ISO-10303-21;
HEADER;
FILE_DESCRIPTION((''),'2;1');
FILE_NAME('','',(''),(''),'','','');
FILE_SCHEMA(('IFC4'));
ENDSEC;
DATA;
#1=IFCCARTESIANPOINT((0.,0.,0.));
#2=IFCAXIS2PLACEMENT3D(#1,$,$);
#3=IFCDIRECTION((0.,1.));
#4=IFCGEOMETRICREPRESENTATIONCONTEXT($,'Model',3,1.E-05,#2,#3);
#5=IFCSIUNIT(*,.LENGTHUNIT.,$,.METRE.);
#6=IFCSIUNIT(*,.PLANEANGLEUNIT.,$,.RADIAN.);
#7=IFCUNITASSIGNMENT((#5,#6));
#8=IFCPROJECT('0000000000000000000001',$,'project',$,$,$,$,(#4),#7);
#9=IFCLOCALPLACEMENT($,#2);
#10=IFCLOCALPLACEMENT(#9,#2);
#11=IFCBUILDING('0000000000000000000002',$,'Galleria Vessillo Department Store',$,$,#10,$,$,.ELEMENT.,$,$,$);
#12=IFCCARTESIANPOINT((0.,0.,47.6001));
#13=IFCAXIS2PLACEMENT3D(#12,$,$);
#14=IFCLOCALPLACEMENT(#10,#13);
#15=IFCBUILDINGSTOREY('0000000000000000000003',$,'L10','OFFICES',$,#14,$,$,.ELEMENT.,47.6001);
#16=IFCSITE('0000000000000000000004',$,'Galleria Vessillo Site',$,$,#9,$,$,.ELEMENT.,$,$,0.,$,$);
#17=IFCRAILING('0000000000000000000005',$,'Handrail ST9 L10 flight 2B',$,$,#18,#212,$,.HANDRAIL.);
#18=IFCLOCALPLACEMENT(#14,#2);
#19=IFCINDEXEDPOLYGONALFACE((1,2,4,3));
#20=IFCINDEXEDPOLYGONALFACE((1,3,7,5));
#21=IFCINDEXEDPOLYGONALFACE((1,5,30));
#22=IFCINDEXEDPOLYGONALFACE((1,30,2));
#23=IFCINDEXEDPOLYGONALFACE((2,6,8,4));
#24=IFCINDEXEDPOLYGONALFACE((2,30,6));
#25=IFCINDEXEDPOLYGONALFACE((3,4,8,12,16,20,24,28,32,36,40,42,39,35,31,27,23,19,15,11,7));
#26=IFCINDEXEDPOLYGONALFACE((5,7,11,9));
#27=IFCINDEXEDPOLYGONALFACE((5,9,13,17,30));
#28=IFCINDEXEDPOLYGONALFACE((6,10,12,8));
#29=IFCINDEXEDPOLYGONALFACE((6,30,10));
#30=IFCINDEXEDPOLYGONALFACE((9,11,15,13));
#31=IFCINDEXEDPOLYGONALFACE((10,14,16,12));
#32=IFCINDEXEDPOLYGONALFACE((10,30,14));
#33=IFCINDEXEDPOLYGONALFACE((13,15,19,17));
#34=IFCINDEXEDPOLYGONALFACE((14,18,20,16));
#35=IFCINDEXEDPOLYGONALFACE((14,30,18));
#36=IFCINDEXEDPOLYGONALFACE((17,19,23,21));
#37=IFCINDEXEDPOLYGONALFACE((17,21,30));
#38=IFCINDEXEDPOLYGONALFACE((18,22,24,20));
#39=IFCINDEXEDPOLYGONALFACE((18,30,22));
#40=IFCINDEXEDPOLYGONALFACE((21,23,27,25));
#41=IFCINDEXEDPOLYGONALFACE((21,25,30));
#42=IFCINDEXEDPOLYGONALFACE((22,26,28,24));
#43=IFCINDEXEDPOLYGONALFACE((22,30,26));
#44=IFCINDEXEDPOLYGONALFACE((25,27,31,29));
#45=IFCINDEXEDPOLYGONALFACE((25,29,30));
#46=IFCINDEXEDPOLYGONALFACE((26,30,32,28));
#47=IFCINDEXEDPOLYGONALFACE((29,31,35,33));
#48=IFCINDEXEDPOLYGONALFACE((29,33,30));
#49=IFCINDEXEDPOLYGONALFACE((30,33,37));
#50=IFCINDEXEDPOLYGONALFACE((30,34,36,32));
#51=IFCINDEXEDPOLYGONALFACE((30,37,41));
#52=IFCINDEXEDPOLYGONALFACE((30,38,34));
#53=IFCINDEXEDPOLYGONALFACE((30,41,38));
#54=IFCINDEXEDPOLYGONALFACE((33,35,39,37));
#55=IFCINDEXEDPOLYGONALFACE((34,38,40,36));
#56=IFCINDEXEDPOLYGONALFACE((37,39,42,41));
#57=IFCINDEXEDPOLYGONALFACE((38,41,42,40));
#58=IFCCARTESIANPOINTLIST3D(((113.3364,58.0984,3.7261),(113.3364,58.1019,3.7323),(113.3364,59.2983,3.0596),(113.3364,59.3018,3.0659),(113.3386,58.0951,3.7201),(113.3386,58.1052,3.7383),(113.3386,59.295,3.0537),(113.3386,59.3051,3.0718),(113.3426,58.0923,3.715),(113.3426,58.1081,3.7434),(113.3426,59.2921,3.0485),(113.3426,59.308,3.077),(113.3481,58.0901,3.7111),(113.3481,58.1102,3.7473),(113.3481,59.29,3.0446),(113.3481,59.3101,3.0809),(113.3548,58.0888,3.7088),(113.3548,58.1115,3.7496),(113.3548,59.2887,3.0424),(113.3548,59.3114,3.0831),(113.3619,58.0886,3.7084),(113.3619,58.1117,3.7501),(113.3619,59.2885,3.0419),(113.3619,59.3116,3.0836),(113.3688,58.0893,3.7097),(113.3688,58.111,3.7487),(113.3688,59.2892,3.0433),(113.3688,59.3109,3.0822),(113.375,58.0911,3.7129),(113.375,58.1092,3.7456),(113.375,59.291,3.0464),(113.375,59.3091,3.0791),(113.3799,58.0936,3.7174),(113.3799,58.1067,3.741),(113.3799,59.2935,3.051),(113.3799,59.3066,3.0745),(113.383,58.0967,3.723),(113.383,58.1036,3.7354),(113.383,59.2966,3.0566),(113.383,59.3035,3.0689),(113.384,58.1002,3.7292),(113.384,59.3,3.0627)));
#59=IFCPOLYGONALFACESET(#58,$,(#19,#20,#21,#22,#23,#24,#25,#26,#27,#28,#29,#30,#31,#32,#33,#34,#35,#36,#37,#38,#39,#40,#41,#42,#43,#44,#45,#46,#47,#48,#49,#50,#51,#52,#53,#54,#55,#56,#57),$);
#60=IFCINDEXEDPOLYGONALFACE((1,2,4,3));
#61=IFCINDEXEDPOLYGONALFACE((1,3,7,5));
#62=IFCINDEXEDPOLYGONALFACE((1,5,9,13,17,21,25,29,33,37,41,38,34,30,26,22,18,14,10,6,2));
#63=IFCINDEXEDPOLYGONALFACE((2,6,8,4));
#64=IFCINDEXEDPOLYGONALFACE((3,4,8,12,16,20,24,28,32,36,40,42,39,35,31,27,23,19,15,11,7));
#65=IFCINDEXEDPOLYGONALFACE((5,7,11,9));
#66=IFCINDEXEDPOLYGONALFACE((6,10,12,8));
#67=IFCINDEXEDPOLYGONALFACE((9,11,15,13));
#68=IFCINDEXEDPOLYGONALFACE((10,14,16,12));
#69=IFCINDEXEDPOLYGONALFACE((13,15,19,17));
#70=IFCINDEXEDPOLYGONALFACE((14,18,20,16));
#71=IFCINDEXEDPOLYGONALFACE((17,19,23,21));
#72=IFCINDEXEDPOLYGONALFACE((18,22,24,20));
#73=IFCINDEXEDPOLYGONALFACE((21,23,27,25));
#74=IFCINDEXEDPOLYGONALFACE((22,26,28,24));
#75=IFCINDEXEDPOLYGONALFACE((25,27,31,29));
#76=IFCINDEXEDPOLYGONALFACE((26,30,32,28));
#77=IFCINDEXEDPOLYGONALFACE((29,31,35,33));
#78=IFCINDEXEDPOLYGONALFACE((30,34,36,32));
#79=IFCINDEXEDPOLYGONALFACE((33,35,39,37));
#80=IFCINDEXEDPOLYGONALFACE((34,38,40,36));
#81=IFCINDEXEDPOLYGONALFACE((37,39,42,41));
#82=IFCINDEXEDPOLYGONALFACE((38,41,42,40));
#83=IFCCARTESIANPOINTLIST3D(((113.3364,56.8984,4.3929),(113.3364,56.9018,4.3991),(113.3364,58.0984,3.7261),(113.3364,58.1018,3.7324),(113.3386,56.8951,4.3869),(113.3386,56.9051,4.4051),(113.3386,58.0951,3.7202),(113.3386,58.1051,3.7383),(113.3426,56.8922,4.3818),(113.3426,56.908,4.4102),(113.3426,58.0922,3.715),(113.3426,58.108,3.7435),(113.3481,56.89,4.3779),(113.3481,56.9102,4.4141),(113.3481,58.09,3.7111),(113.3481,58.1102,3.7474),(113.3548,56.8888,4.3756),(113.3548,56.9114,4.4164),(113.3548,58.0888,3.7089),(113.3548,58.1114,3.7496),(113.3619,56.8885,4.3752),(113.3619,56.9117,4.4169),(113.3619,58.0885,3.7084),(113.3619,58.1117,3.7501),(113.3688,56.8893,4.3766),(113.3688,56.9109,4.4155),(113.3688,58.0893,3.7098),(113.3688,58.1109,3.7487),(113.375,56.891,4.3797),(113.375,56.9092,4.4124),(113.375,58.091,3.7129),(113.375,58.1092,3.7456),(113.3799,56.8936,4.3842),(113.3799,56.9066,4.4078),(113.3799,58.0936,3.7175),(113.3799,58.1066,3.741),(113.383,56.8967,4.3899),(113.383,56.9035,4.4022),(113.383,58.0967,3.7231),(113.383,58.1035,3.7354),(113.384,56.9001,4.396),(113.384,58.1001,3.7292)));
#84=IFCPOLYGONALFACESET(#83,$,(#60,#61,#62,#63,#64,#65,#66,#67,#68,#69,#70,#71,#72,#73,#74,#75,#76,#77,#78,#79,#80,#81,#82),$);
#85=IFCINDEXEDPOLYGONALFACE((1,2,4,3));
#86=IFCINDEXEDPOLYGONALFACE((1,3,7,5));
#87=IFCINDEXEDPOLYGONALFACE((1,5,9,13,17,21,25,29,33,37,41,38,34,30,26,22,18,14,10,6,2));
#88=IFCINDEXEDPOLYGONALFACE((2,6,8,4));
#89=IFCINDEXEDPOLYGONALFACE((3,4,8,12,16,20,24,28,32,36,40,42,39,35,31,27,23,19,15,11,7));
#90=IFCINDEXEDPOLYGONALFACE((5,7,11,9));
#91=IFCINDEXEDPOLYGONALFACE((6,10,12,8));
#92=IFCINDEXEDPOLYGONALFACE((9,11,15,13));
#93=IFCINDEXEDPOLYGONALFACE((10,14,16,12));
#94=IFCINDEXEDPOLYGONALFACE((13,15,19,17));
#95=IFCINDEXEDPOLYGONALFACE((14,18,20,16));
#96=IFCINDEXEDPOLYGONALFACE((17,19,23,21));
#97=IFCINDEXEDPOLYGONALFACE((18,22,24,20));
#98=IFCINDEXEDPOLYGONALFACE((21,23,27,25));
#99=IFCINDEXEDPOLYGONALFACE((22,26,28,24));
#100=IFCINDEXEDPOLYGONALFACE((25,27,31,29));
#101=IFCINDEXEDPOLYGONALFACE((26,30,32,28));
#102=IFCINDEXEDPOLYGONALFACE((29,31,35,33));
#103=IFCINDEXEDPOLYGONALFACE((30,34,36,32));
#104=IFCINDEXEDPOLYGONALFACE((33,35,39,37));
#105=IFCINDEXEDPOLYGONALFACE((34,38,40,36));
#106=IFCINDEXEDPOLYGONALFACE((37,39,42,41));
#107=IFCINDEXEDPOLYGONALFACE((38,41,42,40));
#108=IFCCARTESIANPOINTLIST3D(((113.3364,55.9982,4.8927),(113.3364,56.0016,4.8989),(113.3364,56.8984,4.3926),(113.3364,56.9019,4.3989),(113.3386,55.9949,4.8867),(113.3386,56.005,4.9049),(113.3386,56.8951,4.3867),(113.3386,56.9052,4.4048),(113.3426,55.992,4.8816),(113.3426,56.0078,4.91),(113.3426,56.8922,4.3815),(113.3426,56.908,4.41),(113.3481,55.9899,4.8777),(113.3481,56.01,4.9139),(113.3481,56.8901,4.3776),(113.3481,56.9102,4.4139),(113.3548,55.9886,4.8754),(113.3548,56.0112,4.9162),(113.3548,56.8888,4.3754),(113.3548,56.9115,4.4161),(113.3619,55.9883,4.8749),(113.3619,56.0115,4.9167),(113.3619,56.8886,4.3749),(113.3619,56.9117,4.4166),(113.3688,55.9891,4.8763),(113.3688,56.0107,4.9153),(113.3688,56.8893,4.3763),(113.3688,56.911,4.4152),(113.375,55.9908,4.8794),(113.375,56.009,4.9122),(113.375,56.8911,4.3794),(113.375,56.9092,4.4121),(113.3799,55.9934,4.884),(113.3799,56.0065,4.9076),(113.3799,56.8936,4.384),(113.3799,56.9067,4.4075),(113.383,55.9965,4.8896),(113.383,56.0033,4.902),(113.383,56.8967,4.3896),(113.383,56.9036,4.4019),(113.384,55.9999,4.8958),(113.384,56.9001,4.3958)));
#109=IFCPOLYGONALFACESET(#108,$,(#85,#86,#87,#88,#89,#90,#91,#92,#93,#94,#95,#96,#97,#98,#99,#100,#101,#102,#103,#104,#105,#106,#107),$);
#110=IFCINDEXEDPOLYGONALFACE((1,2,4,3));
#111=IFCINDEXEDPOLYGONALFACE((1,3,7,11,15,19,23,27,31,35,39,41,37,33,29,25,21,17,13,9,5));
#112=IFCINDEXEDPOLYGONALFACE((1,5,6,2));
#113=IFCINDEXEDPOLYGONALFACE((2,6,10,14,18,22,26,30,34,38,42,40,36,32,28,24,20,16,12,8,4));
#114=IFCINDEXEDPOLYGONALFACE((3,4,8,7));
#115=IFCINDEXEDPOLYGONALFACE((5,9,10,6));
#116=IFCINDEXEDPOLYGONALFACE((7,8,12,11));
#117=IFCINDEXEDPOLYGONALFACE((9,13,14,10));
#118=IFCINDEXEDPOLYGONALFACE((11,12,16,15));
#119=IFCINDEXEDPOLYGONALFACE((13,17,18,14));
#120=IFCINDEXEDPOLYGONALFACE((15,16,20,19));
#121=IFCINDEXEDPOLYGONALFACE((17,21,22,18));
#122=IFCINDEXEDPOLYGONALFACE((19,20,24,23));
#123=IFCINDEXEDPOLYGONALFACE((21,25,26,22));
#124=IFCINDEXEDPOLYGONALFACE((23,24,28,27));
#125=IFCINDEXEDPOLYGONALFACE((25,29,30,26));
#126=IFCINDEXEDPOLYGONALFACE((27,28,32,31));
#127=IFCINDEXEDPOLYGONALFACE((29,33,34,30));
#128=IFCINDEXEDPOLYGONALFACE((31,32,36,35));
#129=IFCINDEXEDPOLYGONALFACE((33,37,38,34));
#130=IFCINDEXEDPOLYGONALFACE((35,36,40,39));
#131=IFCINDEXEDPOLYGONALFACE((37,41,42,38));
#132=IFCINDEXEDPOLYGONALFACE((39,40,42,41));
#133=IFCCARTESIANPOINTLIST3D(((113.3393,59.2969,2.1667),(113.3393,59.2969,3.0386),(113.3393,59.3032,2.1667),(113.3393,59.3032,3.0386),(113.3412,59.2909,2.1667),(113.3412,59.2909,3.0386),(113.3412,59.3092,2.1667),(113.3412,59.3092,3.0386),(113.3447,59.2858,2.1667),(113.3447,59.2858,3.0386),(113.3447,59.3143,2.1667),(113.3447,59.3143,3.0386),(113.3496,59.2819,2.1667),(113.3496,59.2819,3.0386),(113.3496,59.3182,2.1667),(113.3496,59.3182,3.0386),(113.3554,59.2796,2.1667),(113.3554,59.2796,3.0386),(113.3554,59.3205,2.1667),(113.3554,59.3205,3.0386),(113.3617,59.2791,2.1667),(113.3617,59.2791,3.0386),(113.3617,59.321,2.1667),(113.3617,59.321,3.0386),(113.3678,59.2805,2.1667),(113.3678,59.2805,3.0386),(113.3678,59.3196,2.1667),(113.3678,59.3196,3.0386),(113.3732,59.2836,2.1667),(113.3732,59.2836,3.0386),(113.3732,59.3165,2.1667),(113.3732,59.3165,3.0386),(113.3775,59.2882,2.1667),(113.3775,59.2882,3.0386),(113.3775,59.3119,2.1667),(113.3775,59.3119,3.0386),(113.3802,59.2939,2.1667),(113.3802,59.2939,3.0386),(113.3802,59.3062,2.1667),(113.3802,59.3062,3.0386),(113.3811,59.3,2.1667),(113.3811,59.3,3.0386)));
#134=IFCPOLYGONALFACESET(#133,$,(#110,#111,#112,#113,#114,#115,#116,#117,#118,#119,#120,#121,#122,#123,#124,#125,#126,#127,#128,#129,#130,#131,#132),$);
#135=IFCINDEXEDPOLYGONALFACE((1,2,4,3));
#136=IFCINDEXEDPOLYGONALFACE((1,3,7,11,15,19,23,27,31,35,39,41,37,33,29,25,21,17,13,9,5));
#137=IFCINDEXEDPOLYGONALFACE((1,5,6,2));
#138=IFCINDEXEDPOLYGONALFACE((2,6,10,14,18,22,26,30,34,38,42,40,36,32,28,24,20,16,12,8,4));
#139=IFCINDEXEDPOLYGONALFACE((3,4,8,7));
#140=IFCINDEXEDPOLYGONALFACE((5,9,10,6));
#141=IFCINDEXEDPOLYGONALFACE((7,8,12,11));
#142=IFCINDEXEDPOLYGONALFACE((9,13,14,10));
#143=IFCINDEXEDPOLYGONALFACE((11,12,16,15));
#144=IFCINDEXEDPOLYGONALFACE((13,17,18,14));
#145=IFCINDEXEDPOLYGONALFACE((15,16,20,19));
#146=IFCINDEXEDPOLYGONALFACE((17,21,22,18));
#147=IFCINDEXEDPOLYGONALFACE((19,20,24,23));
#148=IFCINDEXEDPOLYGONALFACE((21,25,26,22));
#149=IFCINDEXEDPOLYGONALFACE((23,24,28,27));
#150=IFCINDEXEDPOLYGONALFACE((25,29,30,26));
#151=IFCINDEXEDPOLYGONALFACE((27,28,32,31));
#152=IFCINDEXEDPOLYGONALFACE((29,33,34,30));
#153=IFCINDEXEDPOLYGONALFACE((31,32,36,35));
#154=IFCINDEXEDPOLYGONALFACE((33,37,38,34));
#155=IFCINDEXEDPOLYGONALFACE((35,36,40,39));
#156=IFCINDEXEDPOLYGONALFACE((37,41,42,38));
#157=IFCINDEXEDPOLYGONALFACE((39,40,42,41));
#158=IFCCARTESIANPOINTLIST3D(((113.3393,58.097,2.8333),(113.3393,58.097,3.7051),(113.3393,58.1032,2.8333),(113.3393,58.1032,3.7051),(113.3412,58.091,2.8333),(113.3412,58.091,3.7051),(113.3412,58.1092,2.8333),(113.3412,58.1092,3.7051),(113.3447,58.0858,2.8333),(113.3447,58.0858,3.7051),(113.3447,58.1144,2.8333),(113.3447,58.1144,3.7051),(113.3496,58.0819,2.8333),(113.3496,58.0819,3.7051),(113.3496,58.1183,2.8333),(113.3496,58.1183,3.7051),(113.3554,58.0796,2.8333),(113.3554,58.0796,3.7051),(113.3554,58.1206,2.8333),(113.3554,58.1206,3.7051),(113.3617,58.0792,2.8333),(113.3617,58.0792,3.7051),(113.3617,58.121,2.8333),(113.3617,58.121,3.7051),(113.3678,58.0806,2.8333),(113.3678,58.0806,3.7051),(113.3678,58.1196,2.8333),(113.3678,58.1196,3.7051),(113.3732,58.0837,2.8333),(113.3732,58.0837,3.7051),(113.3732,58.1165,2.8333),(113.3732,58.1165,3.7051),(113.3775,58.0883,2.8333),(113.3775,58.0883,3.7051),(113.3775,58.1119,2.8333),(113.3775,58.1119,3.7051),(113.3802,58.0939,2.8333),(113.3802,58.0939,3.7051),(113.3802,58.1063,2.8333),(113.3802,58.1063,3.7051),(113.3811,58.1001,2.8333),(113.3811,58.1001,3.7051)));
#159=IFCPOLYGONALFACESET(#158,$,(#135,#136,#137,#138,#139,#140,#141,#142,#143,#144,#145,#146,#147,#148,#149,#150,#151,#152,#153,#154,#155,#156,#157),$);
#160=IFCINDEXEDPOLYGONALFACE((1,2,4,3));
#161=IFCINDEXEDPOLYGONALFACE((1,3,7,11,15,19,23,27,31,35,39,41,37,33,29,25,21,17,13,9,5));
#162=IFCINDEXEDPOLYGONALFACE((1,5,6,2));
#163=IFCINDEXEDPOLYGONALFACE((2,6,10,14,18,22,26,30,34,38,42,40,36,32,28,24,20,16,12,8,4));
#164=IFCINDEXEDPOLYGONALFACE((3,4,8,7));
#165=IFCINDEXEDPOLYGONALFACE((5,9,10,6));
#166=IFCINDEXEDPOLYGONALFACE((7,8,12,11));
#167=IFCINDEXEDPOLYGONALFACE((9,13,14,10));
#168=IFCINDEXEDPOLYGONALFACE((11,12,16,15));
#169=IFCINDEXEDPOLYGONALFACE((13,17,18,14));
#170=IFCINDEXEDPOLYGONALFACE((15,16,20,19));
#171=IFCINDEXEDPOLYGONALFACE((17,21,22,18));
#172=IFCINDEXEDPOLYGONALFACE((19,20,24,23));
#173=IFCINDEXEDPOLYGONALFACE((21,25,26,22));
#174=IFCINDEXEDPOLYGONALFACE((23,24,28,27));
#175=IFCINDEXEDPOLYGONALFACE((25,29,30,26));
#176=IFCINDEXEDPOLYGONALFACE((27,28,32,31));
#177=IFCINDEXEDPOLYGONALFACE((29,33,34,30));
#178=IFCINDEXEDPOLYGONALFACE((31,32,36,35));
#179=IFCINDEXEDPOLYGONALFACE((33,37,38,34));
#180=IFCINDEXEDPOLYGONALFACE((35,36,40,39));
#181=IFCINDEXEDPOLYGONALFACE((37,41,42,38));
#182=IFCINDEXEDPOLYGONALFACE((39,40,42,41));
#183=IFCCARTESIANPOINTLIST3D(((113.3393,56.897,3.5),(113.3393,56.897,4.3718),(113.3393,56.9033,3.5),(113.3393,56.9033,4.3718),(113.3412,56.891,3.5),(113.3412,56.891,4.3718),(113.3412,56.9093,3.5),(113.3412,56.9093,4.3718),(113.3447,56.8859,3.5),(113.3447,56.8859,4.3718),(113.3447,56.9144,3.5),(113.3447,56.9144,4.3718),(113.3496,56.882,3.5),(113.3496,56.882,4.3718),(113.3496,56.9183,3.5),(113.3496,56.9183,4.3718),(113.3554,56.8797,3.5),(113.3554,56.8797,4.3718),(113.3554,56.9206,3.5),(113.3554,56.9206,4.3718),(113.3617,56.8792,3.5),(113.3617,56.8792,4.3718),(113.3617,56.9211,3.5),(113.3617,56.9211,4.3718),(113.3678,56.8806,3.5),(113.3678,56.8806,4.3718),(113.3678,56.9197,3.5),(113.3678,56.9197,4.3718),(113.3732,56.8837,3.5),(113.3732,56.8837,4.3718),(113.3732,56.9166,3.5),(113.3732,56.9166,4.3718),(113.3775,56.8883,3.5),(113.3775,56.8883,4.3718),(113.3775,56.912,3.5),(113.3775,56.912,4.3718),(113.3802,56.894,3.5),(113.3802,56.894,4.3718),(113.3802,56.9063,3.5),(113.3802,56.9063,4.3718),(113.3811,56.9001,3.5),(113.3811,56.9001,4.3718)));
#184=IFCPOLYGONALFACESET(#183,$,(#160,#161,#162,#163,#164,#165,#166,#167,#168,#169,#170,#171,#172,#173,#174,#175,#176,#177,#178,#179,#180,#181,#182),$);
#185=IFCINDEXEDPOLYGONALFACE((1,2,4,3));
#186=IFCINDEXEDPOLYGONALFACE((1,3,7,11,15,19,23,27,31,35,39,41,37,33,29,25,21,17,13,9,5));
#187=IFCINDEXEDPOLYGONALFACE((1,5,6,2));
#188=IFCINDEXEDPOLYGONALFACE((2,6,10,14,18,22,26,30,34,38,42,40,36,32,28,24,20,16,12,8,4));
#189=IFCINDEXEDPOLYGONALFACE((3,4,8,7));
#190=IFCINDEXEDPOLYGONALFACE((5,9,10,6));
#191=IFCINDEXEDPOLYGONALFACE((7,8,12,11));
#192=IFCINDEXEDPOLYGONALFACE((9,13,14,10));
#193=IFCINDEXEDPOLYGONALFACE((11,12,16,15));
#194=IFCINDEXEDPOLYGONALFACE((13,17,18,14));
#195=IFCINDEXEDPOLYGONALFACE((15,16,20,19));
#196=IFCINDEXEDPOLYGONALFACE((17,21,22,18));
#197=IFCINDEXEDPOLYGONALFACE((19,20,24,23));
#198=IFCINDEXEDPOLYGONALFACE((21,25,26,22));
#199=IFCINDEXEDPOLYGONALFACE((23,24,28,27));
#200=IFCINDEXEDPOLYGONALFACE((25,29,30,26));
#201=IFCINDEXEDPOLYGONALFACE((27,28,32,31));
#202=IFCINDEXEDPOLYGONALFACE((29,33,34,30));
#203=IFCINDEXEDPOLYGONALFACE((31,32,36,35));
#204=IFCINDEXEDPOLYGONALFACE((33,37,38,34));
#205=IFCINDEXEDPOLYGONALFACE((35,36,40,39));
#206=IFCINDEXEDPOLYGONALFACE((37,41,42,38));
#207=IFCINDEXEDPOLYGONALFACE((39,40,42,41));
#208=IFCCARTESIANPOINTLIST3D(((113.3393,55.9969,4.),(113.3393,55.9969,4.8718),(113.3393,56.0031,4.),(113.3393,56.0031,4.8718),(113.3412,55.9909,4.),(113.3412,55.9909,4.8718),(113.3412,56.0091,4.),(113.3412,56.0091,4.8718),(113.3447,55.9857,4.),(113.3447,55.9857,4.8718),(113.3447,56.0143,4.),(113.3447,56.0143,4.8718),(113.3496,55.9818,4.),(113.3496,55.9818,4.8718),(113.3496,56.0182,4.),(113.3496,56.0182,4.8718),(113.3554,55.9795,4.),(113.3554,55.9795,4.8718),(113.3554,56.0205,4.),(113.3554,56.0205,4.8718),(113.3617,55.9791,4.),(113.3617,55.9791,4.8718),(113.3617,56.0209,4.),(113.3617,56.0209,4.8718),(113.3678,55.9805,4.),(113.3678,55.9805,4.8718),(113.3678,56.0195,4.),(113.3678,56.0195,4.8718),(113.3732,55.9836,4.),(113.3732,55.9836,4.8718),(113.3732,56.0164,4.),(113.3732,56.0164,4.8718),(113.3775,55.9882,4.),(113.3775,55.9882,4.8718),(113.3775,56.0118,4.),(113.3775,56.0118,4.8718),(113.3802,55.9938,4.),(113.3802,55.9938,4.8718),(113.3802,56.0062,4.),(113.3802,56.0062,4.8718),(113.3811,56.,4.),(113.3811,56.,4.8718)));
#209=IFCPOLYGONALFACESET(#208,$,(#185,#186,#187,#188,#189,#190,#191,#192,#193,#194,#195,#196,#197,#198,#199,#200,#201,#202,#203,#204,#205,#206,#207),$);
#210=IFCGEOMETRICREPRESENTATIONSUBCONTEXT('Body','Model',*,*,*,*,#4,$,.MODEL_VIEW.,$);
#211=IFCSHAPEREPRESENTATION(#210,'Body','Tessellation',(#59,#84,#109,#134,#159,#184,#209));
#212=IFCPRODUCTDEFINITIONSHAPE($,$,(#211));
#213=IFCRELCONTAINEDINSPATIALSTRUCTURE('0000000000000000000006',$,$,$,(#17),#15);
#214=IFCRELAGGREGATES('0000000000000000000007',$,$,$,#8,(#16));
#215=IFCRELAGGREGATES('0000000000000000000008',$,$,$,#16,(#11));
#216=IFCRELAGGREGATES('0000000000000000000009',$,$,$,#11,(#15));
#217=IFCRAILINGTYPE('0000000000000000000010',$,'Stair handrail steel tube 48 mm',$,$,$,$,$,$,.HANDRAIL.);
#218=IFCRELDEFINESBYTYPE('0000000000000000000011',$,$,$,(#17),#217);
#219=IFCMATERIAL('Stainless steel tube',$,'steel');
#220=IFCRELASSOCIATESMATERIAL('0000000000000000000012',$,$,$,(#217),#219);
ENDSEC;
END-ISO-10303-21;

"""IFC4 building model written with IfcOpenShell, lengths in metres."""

from ifc_helpers import new_model, si_unit, direction, frame, origin, origin_2d, place, context, subcontext, project, spatial, circle, extrude, material, type_object, element, save


model = new_model("IFC4")

# Units and contexts
model_context = context("Model", 3, precision=1e-05, world=origin(), true_north=direction((0.0, 1.0)))
body_context = subcontext(model_context, "Body", "Model", "MODEL_VIEW")
ifc_project = project(units=[si_unit("LENGTHUNIT", "METRE"), si_unit("PLANEANGLEUNIT", "RADIAN")], contexts=[model_context])

# Site, building, storey
site_placement = place(None, origin())
site = spatial("IfcSite", under=ifc_project, at=site_placement, Name="Galleria Vessillo Site", CompositionType="ELEMENT", RefElevation=0.0)
building_placement = place(site_placement, origin())
building = spatial("IfcBuilding", under=site, at=building_placement, Name="Galleria Vessillo Department Store", CompositionType="ELEMENT")
storey_placement = place(building_placement, frame((0.0, 0.0, 47.6001)))
storey = spatial("IfcBuildingStorey", under=building, at=storey_placement, Name="L10", Description="OFFICES", CompositionType="ELEMENT", Elevation=47.6001)

# Railing
ifc_material_1 = material(Name="Stainless steel tube", Category="steel")
railing_type = type_object("IfcRailingType", Name="Stair handrail steel tube 48 mm", PredefinedType="HANDRAIL", material=ifc_material_1)
for number, where, name in (
    (1, (113.3601, 59.3, 2.1667), "Handrail ST9 L10 flight 2B"),
):
    element("IfcRailing", number, at=place(storey_placement, frame(where)), inside=storey, type_object=railing_type, Name=name, PredefinedType="HANDRAIL", context=body_context, shape_type="SweptSolid", body=[
        extrude(circle(Radius=0.0239, at=origin_2d()), frame((0.0, 0.0, 0.896), z_axis=(0.0, -0.874199, 0.485567), x_axis=(1.0, 0.0, 0.0)), (0.0, 0.0, 1.0), 1.3726),
        extrude(circle(Radius=0.0239, at=origin_2d()), frame((0.0, -1.2, 1.5625), z_axis=(0.0, -0.874124, 0.485703), x_axis=(1.0, 0.0, 0.0)), (0.0, 0.0, 1.0), 1.3728),
        extrude(circle(Radius=0.0239, at=origin_2d()), frame((0.0, -2.3999, 2.229), z_axis=(0.0, -0.874191, 0.485583), x_axis=(1.0, 0.0, 0.0)), (0.0, 0.0, 1.0), 1.0298),
        extrude(circle(Radius=0.021, at=origin_2d()), origin(), (0.0, 0.0, 1.0), 0.8718),
        extrude(circle(Radius=0.021, at=origin_2d()), frame((0.0, -1.2, 0.6665)), (0.0, 0.0, 1.0), 0.8718),
        extrude(circle(Radius=0.021, at=origin_2d()), frame((0.0, -2.3999, 1.3333)), (0.0, 0.0, 1.0), 0.8718),
        extrude(circle(Radius=0.021, at=origin_2d()), frame((0.0, -3.3, 1.8333)), (0.0, 0.0, 1.0), 0.8718),
    ])

save(model, "model.ifc")
